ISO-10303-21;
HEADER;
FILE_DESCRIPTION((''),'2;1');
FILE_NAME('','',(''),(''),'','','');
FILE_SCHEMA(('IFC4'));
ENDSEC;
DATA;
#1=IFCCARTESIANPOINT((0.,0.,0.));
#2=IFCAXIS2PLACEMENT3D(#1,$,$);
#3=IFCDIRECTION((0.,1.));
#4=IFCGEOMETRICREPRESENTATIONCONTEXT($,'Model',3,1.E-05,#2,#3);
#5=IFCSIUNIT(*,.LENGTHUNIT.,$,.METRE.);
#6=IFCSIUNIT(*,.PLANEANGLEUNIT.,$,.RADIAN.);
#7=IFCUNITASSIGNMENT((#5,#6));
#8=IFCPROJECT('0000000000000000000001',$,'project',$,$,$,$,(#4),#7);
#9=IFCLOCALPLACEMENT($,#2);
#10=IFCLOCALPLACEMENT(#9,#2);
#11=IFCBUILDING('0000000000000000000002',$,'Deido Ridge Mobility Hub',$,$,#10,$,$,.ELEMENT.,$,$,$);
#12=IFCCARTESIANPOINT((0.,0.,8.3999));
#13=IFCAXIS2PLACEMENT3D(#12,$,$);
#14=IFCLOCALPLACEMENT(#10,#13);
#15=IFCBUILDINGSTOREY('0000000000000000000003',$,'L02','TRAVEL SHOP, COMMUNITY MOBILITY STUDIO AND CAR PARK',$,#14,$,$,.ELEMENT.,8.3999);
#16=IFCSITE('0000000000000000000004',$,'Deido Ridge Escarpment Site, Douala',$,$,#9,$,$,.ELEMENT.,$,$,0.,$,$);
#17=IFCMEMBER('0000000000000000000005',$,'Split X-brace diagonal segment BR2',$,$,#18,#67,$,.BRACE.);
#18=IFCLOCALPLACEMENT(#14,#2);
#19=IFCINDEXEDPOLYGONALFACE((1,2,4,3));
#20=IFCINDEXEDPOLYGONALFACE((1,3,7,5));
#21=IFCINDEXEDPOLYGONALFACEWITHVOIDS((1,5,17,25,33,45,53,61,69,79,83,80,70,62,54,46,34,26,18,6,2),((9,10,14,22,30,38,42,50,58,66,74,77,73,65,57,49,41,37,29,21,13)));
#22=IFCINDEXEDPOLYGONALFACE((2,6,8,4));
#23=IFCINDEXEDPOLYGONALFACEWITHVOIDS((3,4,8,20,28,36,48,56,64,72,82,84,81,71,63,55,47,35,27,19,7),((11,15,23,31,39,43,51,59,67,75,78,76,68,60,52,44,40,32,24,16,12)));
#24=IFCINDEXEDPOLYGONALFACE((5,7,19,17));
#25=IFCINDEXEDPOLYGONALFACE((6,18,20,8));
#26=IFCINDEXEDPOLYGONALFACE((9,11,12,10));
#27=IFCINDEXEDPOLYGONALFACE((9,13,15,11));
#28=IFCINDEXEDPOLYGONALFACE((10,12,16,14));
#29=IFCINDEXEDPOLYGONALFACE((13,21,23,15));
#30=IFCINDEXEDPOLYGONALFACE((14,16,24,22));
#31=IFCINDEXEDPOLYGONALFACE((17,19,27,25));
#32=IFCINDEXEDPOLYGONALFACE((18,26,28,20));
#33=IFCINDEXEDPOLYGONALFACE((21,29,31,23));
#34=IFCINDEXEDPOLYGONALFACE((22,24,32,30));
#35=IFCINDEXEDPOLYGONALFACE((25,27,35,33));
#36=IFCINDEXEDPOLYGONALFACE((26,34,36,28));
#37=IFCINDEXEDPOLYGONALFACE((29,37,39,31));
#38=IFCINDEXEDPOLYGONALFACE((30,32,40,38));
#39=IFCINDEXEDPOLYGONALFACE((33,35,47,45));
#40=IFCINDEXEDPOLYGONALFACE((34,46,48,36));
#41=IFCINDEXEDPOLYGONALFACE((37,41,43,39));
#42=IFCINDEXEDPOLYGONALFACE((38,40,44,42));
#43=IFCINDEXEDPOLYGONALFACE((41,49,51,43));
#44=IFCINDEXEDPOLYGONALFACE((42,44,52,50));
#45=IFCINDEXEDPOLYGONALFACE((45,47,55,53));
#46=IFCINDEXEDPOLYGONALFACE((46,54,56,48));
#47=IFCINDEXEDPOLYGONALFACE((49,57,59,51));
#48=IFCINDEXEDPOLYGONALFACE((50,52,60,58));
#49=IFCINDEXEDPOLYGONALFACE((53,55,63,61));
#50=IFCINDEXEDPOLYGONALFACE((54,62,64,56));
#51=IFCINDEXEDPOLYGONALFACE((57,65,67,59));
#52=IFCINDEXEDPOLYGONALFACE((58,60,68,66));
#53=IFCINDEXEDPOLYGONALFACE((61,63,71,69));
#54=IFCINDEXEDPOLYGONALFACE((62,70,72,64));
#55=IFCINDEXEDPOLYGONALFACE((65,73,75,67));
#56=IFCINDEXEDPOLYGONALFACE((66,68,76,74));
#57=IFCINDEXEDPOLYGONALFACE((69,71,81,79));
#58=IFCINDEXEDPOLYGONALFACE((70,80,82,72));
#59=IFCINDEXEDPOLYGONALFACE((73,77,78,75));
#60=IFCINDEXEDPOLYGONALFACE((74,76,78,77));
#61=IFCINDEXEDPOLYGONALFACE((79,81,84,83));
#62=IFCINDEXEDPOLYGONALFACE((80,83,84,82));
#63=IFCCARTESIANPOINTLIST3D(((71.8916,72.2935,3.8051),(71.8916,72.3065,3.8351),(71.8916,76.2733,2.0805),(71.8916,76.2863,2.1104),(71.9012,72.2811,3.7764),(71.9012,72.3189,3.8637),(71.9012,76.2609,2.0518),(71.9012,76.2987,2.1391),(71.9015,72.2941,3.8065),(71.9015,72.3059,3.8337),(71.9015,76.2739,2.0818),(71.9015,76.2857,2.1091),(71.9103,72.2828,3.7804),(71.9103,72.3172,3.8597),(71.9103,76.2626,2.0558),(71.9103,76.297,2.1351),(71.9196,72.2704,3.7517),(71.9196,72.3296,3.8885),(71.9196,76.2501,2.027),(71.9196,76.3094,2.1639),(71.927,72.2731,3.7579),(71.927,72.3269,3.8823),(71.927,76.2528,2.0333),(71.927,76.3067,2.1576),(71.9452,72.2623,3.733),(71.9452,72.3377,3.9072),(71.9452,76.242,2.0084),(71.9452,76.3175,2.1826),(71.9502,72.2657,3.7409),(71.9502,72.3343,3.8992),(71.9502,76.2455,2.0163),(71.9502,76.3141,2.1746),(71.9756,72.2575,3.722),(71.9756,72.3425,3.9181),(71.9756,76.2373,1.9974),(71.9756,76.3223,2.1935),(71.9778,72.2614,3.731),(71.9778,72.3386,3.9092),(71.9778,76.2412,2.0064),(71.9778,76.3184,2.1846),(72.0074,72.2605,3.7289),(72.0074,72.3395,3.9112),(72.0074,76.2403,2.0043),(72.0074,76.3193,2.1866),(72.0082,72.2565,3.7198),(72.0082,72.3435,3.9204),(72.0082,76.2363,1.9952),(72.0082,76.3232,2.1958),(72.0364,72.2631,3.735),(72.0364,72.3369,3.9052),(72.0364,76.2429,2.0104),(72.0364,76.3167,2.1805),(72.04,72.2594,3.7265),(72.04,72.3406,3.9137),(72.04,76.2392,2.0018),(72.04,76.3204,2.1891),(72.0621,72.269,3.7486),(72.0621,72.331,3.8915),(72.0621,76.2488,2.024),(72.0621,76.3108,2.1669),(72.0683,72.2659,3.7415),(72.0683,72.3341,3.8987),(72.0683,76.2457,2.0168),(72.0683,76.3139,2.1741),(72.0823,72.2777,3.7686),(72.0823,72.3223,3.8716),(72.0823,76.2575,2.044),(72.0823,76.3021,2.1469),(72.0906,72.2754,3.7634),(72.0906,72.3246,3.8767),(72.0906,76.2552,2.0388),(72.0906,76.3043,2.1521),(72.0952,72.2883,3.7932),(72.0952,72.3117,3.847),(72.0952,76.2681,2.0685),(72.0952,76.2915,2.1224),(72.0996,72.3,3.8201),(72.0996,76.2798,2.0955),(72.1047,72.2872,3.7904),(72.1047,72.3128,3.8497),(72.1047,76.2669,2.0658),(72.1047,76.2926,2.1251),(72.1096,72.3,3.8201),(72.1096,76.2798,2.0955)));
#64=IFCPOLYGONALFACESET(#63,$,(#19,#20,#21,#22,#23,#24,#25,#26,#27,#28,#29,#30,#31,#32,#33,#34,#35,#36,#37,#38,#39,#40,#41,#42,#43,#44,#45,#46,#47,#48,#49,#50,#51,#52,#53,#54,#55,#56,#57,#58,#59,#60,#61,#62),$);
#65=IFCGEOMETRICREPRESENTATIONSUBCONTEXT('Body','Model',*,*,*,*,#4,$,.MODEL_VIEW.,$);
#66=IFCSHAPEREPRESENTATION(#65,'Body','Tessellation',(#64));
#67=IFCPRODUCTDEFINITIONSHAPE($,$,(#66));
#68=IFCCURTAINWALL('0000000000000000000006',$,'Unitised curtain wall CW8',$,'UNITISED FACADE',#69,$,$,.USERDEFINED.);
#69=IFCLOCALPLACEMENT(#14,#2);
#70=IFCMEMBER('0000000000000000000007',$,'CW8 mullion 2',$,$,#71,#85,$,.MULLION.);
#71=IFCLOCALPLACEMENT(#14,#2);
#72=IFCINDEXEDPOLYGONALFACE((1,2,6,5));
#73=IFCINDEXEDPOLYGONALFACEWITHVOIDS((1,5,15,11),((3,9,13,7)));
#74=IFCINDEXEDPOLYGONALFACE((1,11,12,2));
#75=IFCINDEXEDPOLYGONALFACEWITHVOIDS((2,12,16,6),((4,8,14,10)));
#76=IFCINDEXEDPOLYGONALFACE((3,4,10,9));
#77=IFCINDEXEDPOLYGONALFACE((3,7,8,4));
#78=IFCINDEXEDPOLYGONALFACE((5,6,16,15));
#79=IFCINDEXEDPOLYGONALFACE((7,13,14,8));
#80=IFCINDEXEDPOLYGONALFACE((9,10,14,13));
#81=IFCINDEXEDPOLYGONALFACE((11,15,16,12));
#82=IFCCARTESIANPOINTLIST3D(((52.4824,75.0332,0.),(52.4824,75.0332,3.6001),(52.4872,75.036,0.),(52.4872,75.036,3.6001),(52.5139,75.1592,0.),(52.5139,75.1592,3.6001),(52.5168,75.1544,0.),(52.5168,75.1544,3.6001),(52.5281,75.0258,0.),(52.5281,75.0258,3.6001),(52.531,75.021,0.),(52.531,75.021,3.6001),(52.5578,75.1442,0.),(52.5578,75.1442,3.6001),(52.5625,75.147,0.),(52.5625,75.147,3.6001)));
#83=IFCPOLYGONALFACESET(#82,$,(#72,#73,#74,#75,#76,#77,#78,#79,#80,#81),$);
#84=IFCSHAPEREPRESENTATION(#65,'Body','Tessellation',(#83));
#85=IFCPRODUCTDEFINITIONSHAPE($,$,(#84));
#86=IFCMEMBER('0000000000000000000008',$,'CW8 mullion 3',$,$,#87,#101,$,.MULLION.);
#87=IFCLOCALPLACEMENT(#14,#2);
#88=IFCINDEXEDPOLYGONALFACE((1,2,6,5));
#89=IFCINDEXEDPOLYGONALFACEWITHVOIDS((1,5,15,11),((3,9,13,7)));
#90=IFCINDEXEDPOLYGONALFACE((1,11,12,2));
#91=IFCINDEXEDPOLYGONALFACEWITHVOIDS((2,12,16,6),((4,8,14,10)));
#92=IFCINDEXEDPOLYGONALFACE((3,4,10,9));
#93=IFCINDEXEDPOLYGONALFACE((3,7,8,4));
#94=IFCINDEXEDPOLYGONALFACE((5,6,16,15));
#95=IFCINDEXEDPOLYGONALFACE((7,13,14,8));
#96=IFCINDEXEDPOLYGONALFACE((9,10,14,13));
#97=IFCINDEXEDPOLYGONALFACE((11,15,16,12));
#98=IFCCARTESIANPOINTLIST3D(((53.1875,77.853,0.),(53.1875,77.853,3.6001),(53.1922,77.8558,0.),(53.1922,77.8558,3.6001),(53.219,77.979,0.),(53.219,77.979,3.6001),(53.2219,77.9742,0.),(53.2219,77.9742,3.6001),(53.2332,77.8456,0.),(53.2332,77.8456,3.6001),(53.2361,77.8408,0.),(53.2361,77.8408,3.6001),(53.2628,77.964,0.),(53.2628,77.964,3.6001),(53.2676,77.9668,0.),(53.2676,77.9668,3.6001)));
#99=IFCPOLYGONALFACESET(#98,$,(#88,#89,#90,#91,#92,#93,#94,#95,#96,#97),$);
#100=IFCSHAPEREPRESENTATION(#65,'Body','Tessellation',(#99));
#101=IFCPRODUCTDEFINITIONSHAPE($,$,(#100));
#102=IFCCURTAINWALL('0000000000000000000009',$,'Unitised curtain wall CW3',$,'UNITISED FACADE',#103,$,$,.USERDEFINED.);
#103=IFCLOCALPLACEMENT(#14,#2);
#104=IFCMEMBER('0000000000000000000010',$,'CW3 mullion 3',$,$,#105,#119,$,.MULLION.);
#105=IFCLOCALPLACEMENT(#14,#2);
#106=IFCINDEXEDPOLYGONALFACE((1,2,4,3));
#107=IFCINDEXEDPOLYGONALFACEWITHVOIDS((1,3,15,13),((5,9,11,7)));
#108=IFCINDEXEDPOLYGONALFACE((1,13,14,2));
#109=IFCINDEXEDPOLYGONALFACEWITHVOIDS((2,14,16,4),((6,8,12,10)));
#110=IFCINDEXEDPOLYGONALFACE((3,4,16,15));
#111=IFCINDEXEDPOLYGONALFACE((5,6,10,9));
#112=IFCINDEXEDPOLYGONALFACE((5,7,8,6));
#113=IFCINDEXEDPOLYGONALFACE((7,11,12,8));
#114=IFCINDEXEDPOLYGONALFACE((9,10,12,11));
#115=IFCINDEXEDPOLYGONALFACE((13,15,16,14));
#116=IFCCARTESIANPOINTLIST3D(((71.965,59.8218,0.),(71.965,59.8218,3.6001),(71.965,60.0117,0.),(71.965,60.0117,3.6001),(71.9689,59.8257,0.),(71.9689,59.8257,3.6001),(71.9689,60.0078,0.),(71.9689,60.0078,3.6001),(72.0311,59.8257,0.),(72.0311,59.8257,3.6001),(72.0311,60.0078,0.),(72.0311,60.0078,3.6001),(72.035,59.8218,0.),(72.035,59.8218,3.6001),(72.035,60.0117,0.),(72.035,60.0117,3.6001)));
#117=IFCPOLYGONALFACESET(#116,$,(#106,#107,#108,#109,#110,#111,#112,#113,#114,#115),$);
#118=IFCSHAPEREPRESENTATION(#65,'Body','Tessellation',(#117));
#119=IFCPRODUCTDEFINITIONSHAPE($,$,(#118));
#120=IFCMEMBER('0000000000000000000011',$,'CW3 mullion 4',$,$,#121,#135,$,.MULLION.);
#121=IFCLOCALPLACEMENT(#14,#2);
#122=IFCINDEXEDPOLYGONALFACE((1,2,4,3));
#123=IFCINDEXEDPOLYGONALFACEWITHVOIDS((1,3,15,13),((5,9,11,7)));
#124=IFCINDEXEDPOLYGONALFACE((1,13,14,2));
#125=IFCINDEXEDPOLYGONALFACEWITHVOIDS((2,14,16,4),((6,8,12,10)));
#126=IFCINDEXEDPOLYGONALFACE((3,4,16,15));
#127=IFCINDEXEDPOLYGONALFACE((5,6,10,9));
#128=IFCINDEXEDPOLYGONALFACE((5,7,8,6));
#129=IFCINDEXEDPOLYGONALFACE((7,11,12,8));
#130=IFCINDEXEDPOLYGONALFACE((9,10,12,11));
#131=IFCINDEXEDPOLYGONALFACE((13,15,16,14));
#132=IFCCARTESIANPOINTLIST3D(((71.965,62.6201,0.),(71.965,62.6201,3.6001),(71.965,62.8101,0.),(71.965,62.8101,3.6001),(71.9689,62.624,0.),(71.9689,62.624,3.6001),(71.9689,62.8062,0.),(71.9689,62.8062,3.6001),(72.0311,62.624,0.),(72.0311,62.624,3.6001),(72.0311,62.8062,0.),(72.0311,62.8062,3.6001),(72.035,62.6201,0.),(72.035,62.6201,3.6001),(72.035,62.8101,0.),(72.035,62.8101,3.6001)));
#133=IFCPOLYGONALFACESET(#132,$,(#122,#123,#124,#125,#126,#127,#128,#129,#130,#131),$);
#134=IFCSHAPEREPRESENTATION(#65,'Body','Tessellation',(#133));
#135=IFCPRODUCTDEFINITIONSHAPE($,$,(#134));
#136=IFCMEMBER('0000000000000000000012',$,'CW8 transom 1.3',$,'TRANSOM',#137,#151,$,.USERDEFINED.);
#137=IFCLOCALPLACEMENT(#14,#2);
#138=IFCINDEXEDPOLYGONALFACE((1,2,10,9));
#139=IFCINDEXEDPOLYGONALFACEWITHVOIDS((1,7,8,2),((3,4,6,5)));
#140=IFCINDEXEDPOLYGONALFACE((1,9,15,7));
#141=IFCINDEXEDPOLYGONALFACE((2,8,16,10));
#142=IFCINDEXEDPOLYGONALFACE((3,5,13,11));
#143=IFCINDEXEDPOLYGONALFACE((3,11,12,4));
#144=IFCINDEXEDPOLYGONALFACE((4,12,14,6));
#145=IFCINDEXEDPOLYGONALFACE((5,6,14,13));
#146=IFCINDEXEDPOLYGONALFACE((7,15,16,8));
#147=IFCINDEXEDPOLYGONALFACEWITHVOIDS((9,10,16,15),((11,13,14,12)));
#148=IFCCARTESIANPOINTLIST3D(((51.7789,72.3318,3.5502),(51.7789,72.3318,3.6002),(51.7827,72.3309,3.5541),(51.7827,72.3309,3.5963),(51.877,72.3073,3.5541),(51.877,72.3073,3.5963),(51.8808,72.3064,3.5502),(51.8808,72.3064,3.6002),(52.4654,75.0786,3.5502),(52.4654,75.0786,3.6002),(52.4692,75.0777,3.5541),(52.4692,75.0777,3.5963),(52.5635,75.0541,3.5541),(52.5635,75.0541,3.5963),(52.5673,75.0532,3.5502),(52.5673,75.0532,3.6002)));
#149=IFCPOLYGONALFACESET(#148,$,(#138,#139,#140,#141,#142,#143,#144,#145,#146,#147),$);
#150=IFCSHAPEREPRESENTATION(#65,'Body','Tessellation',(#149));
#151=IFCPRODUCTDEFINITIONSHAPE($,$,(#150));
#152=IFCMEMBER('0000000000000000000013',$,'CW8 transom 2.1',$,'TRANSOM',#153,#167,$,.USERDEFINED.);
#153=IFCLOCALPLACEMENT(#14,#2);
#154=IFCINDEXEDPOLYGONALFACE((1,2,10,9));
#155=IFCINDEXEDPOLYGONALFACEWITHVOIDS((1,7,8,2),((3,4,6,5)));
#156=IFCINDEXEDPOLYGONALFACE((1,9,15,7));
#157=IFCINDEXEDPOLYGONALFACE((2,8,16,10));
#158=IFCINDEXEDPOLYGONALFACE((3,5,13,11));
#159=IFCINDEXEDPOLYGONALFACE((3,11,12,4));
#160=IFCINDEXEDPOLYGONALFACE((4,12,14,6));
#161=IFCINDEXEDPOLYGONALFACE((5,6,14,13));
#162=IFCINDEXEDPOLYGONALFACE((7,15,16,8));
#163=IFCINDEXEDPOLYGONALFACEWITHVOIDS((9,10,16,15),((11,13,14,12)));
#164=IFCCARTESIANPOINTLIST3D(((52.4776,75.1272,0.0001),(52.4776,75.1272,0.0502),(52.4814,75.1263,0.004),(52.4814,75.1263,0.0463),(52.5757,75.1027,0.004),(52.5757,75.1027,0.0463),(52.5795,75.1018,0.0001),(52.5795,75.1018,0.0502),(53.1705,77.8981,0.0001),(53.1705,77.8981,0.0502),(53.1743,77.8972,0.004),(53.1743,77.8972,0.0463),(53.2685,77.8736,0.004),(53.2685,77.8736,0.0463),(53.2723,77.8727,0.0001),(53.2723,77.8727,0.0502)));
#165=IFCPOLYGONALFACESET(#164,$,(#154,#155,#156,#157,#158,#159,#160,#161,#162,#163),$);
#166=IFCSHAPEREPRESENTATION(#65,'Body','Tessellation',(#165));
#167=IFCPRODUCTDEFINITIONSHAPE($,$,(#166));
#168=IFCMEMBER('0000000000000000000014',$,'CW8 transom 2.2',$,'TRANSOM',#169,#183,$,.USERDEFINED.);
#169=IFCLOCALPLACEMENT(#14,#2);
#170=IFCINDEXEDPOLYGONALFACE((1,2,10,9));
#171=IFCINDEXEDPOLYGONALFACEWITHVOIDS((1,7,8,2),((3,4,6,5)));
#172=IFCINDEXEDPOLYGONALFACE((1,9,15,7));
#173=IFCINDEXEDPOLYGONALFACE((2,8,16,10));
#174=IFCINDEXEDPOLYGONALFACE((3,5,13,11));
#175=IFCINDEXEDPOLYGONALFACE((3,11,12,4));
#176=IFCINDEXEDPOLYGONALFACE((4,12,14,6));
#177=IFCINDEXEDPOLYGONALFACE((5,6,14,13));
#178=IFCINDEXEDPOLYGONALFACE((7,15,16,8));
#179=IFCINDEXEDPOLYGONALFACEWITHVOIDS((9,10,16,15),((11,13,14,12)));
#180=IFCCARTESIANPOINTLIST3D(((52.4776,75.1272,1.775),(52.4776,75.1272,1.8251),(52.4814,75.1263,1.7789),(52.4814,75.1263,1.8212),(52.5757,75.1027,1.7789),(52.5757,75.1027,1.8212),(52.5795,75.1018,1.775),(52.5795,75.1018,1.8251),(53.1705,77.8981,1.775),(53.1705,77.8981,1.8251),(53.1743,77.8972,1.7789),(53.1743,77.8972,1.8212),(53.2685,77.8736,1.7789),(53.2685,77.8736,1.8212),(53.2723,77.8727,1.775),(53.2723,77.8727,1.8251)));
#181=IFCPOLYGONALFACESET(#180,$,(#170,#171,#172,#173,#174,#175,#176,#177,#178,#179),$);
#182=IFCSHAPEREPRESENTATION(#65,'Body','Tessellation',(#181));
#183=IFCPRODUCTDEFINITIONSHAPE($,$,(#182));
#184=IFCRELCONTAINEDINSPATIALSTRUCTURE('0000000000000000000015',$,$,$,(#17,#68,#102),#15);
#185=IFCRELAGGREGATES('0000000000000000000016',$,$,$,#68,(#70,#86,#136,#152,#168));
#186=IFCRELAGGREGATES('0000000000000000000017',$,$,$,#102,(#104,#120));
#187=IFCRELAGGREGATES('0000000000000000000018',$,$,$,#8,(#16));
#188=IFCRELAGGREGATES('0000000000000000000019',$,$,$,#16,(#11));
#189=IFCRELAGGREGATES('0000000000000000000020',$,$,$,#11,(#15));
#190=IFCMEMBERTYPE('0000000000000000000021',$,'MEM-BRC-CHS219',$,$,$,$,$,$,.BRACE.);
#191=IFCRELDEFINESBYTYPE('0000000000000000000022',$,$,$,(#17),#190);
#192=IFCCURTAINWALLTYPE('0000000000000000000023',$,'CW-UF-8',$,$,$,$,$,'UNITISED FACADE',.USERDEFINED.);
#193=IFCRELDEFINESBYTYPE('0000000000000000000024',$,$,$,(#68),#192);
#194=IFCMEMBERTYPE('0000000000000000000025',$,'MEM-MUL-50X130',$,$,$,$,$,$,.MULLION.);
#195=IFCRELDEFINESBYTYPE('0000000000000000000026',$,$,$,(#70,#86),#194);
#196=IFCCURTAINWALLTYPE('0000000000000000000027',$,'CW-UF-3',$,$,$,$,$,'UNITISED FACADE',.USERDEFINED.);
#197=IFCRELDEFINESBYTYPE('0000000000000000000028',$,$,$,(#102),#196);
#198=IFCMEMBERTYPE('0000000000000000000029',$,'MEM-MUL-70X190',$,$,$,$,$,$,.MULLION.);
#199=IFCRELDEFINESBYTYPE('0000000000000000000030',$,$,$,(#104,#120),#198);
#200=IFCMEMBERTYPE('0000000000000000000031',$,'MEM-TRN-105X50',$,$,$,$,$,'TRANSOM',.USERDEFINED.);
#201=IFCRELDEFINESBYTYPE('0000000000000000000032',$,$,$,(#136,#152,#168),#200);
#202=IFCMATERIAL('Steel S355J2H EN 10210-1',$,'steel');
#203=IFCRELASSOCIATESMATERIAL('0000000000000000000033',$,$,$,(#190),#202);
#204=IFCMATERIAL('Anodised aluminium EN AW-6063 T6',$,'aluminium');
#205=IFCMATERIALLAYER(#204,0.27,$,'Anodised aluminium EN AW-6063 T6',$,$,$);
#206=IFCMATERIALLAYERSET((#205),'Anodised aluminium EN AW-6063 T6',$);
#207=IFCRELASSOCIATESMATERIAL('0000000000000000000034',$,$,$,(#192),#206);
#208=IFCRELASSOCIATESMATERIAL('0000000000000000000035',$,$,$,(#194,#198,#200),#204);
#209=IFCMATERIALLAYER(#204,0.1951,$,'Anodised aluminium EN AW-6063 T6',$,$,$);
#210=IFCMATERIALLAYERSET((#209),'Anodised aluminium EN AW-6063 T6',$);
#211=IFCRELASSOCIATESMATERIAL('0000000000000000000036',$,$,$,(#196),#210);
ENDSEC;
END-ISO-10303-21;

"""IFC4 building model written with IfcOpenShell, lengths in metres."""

from ifc_helpers import new_model, si_unit, direction, frame, origin, origin_2d, place, context, subcontext, project, spatial, hollow_rectangle, hollow_circle, extrude, material, layer, layer_set, material_profile, profile_set, type_object, element, aggregate, save


model = new_model("IFC4")

# Units and contexts
model_context = context("Model", 3, precision=1e-05, world=origin(), true_north=direction((0.0, 1.0)))
body_context = subcontext(model_context, "Body", "Model", "MODEL_VIEW")
ifc_project = project(units=[si_unit("LENGTHUNIT", "METRE"), si_unit("PLANEANGLEUNIT", "RADIAN")], contexts=[model_context])

# Site, building, storey
site_placement = place(None, origin())
site = spatial("IfcSite", under=ifc_project, at=site_placement, Name="Deido Ridge Escarpment Site, Douala", CompositionType="ELEMENT", RefElevation=0.0)
building_placement = place(site_placement, origin())
building = spatial("IfcBuilding", under=site, at=building_placement, Name="Deido Ridge Mobility Hub", CompositionType="ELEMENT")
storey_placement = place(building_placement, frame((0.0, 0.0, 8.3999)))
storey = spatial("IfcBuildingStorey", under=building, at=storey_placement, Name="L02", Description="TRAVEL SHOP, COMMUNITY MOBILITY STUDIO AND CAR PARK", CompositionType="ELEMENT", Elevation=8.3999)

# Member
ifc_material_1 = material(Name="Steel S355J2H EN 10210-1", Category="steel")
ifc_material_profile_1 = material_profile(ifc_material_1, hollow_circle(Radius=0.1096, WallThickness=0.01, at=origin_2d()), Name="CHS 219.1x10")
ifc_profile_set_1 = profile_set([ifc_material_profile_1], Name="Steel S355J2H EN 10210-1")
member_type_1 = type_object("IfcMemberType", Name="MEM-BRC-CHS219", PredefinedType="BRACE", material=ifc_profile_set_1)
member_1_placement = place(storey_placement, frame((72.0, 76.2798, 2.0955), z_axis=(0.0, -0.917551, 0.397618), x_axis=(1.0, 0.0, 0.0)))
element("IfcMember", 1, at=member_1_placement, inside=storey, type_object=member_type_1, Name="Split X-brace diagonal segment BR2", PredefinedType="BRACE", context=body_context, shape_type="SweptSolid", body=[
    extrude(hollow_circle(Radius=0.1096, WallThickness=0.01, at=origin_2d()), origin(), (0.0, 0.0, 1.0), 4.3374),
])

# Curtain walls, members
ifc_material_2 = material(Name="Anodised aluminium EN AW-6063 T6", Category="aluminium")
ifc_layer_1 = layer(ifc_material_2, 0.27, Name="Anodised aluminium EN AW-6063 T6")
ifc_layer_set_1 = layer_set([ifc_layer_1], Name="Anodised aluminium EN AW-6063 T6")
curtain_wall_type_1 = type_object("IfcCurtainWallType", Name="CW-UF-8", ElementType="UNITISED FACADE", PredefinedType="USERDEFINED", material=ifc_layer_set_1)
curtain_wall_1_placement = place(storey_placement, origin())
curtain_wall_1 = element("IfcCurtainWall", 2, at=curtain_wall_1_placement, inside=storey, type_object=curtain_wall_type_1, Name="Unitised curtain wall CW8", ObjectType="UNITISED FACADE", PredefinedType="USERDEFINED")
ifc_material_profile_2 = material_profile(ifc_material_2, hollow_rectangle(XDim=0.05, YDim=0.1299, WallThickness=0.0039, at=origin_2d()), Name="RHS 50x130x4")
ifc_profile_set_2 = profile_set([ifc_material_profile_2], Name="Anodised aluminium EN AW-6063 T6")
member_type_2 = type_object("IfcMemberType", Name="MEM-MUL-50X130", PredefinedType="MULLION", material=ifc_profile_set_2)
member_2_placement = place(storey_placement, frame((52.5225, 75.0901, 0.0), z_axis=(0.0, 0.0, 1.0), x_axis=(-0.97014, 0.242546, 0.0)))
member_2 = element("IfcMember", 3, at=member_2_placement, type_object=member_type_2, Name="CW8 mullion 2", PredefinedType="MULLION", context=body_context, shape_type="SweptSolid", body=[
    extrude(hollow_rectangle(XDim=0.05, YDim=0.1299, WallThickness=0.0039, at=origin_2d()), origin(), (0.0, 0.0, 1.0), 3.6001),
])
member_3_placement = place(storey_placement, frame((53.2275, 77.9099, 0.0), z_axis=(0.0, 0.0, 1.0), x_axis=(-0.97014, 0.242546, 0.0)))
member_3 = element("IfcMember", 4, at=member_3_placement, type_object=member_type_2, Name="CW8 mullion 3", PredefinedType="MULLION", context=body_context, shape_type="SweptSolid", body=[
    extrude(hollow_rectangle(XDim=0.05, YDim=0.1299, WallThickness=0.0039, at=origin_2d()), origin(), (0.0, 0.0, 1.0), 3.6001),
])
ifc_layer_2 = layer(ifc_material_2, 0.1951, Name="Anodised aluminium EN AW-6063 T6")
ifc_layer_set_2 = layer_set([ifc_layer_2], Name="Anodised aluminium EN AW-6063 T6")
curtain_wall_type_2 = type_object("IfcCurtainWallType", Name="CW-UF-3", ElementType="UNITISED FACADE", PredefinedType="USERDEFINED", material=ifc_layer_set_2)
curtain_wall_2_placement = place(storey_placement, origin())
curtain_wall_2 = element("IfcCurtainWall", 5, at=curtain_wall_2_placement, inside=storey, type_object=curtain_wall_type_2, Name="Unitised curtain wall CW3", ObjectType="UNITISED FACADE", PredefinedType="USERDEFINED")
ifc_material_profile_3 = material_profile(ifc_material_2, hollow_rectangle(XDim=0.0701, YDim=0.1899, WallThickness=0.0039, at=origin_2d()), Name="RHS 70x190x4")
ifc_profile_set_3 = profile_set([ifc_material_profile_3], Name="Anodised aluminium EN AW-6063 T6")
member_type_3 = type_object("IfcMemberType", Name="MEM-MUL-70X190", PredefinedType="MULLION", material=ifc_profile_set_3)
member_4_placement = place(storey_placement, frame((72.0, 59.9167, 0.0), z_axis=(0.0, 0.0, 1.0), x_axis=(-1.0, 0.0, 0.0)))
member_4 = element("IfcMember", 6, at=member_4_placement, type_object=member_type_3, Name="CW3 mullion 3", PredefinedType="MULLION", context=body_context, shape_type="SweptSolid", body=[
    extrude(hollow_rectangle(XDim=0.0701, YDim=0.1899, WallThickness=0.0039, at=origin_2d()), origin(), (0.0, 0.0, 1.0), 3.6001),
])
member_5_placement = place(storey_placement, frame((72.0, 62.7151, 0.0), z_axis=(0.0, 0.0, 1.0), x_axis=(-1.0, 0.0, 0.0)))
member_5 = element("IfcMember", 7, at=member_5_placement, type_object=member_type_3, Name="CW3 mullion 4", PredefinedType="MULLION", context=body_context, shape_type="SweptSolid", body=[
    extrude(hollow_rectangle(XDim=0.0701, YDim=0.1899, WallThickness=0.0039, at=origin_2d()), origin(), (0.0, 0.0, 1.0), 3.6001),
])

# Members
ifc_material_profile_4 = material_profile(ifc_material_2, hollow_rectangle(XDim=0.105, YDim=0.05, WallThickness=0.0039, at=origin_2d()), Name="RHS 105x50x4")
ifc_profile_set_4 = profile_set([ifc_material_profile_4], Name="Anodised aluminium EN AW-6063 T6")
member_type_4 = type_object("IfcMemberType", Name="MEM-TRN-105X50", ElementType="TRANSOM", PredefinedType="USERDEFINED", material=ifc_profile_set_4)
member_6_placement = place(storey_placement, frame((51.8298, 72.3191, 3.5752), z_axis=(0.242475, 0.970158, 0.0), x_axis=(-0.970158, 0.242475, 0.0)))
member_6 = element("IfcMember", 8, at=member_6_placement, type_object=member_type_4, Name="CW8 transom 1.3", ObjectType="TRANSOM", PredefinedType="USERDEFINED", context=body_context, shape_type="SweptSolid", body=[
    extrude(hollow_rectangle(XDim=0.105, YDim=0.05, WallThickness=0.0039, at=origin_2d()), origin(), (0.0, 0.0, 1.0), 2.8313),
])
member_7_placement = place(storey_placement, frame((52.5286, 75.1145, 0.0251), z_axis=(0.242576, 0.970132, 0.0), x_axis=(-0.970132, 0.242576, 0.0)))
member_7 = element("IfcMember", 9, at=member_7_placement, type_object=member_type_4, Name="CW8 transom 2.1", ObjectType="TRANSOM", PredefinedType="USERDEFINED", context=body_context, shape_type="SweptSolid", body=[
    extrude(hollow_rectangle(XDim=0.105, YDim=0.05, WallThickness=0.0039, at=origin_2d()), origin(), (0.0, 0.0, 1.0), 2.8562),
])
member_8_placement = place(storey_placement, frame((52.5286, 75.1145, 1.8), z_axis=(0.242576, 0.970132, 0.0), x_axis=(-0.970132, 0.242576, 0.0)))
member_8 = element("IfcMember", 10, at=member_8_placement, type_object=member_type_4, Name="CW8 transom 2.2", ObjectType="TRANSOM", PredefinedType="USERDEFINED", context=body_context, shape_type="SweptSolid", body=[
    extrude(hollow_rectangle(XDim=0.105, YDim=0.05, WallThickness=0.0039, at=origin_2d()), origin(), (0.0, 0.0, 1.0), 2.8562),
])

aggregate(curtain_wall_1, [member_2, member_3, member_6, member_7, member_8])
aggregate(curtain_wall_2, [member_4, member_5])

save(model, "model.ifc")
